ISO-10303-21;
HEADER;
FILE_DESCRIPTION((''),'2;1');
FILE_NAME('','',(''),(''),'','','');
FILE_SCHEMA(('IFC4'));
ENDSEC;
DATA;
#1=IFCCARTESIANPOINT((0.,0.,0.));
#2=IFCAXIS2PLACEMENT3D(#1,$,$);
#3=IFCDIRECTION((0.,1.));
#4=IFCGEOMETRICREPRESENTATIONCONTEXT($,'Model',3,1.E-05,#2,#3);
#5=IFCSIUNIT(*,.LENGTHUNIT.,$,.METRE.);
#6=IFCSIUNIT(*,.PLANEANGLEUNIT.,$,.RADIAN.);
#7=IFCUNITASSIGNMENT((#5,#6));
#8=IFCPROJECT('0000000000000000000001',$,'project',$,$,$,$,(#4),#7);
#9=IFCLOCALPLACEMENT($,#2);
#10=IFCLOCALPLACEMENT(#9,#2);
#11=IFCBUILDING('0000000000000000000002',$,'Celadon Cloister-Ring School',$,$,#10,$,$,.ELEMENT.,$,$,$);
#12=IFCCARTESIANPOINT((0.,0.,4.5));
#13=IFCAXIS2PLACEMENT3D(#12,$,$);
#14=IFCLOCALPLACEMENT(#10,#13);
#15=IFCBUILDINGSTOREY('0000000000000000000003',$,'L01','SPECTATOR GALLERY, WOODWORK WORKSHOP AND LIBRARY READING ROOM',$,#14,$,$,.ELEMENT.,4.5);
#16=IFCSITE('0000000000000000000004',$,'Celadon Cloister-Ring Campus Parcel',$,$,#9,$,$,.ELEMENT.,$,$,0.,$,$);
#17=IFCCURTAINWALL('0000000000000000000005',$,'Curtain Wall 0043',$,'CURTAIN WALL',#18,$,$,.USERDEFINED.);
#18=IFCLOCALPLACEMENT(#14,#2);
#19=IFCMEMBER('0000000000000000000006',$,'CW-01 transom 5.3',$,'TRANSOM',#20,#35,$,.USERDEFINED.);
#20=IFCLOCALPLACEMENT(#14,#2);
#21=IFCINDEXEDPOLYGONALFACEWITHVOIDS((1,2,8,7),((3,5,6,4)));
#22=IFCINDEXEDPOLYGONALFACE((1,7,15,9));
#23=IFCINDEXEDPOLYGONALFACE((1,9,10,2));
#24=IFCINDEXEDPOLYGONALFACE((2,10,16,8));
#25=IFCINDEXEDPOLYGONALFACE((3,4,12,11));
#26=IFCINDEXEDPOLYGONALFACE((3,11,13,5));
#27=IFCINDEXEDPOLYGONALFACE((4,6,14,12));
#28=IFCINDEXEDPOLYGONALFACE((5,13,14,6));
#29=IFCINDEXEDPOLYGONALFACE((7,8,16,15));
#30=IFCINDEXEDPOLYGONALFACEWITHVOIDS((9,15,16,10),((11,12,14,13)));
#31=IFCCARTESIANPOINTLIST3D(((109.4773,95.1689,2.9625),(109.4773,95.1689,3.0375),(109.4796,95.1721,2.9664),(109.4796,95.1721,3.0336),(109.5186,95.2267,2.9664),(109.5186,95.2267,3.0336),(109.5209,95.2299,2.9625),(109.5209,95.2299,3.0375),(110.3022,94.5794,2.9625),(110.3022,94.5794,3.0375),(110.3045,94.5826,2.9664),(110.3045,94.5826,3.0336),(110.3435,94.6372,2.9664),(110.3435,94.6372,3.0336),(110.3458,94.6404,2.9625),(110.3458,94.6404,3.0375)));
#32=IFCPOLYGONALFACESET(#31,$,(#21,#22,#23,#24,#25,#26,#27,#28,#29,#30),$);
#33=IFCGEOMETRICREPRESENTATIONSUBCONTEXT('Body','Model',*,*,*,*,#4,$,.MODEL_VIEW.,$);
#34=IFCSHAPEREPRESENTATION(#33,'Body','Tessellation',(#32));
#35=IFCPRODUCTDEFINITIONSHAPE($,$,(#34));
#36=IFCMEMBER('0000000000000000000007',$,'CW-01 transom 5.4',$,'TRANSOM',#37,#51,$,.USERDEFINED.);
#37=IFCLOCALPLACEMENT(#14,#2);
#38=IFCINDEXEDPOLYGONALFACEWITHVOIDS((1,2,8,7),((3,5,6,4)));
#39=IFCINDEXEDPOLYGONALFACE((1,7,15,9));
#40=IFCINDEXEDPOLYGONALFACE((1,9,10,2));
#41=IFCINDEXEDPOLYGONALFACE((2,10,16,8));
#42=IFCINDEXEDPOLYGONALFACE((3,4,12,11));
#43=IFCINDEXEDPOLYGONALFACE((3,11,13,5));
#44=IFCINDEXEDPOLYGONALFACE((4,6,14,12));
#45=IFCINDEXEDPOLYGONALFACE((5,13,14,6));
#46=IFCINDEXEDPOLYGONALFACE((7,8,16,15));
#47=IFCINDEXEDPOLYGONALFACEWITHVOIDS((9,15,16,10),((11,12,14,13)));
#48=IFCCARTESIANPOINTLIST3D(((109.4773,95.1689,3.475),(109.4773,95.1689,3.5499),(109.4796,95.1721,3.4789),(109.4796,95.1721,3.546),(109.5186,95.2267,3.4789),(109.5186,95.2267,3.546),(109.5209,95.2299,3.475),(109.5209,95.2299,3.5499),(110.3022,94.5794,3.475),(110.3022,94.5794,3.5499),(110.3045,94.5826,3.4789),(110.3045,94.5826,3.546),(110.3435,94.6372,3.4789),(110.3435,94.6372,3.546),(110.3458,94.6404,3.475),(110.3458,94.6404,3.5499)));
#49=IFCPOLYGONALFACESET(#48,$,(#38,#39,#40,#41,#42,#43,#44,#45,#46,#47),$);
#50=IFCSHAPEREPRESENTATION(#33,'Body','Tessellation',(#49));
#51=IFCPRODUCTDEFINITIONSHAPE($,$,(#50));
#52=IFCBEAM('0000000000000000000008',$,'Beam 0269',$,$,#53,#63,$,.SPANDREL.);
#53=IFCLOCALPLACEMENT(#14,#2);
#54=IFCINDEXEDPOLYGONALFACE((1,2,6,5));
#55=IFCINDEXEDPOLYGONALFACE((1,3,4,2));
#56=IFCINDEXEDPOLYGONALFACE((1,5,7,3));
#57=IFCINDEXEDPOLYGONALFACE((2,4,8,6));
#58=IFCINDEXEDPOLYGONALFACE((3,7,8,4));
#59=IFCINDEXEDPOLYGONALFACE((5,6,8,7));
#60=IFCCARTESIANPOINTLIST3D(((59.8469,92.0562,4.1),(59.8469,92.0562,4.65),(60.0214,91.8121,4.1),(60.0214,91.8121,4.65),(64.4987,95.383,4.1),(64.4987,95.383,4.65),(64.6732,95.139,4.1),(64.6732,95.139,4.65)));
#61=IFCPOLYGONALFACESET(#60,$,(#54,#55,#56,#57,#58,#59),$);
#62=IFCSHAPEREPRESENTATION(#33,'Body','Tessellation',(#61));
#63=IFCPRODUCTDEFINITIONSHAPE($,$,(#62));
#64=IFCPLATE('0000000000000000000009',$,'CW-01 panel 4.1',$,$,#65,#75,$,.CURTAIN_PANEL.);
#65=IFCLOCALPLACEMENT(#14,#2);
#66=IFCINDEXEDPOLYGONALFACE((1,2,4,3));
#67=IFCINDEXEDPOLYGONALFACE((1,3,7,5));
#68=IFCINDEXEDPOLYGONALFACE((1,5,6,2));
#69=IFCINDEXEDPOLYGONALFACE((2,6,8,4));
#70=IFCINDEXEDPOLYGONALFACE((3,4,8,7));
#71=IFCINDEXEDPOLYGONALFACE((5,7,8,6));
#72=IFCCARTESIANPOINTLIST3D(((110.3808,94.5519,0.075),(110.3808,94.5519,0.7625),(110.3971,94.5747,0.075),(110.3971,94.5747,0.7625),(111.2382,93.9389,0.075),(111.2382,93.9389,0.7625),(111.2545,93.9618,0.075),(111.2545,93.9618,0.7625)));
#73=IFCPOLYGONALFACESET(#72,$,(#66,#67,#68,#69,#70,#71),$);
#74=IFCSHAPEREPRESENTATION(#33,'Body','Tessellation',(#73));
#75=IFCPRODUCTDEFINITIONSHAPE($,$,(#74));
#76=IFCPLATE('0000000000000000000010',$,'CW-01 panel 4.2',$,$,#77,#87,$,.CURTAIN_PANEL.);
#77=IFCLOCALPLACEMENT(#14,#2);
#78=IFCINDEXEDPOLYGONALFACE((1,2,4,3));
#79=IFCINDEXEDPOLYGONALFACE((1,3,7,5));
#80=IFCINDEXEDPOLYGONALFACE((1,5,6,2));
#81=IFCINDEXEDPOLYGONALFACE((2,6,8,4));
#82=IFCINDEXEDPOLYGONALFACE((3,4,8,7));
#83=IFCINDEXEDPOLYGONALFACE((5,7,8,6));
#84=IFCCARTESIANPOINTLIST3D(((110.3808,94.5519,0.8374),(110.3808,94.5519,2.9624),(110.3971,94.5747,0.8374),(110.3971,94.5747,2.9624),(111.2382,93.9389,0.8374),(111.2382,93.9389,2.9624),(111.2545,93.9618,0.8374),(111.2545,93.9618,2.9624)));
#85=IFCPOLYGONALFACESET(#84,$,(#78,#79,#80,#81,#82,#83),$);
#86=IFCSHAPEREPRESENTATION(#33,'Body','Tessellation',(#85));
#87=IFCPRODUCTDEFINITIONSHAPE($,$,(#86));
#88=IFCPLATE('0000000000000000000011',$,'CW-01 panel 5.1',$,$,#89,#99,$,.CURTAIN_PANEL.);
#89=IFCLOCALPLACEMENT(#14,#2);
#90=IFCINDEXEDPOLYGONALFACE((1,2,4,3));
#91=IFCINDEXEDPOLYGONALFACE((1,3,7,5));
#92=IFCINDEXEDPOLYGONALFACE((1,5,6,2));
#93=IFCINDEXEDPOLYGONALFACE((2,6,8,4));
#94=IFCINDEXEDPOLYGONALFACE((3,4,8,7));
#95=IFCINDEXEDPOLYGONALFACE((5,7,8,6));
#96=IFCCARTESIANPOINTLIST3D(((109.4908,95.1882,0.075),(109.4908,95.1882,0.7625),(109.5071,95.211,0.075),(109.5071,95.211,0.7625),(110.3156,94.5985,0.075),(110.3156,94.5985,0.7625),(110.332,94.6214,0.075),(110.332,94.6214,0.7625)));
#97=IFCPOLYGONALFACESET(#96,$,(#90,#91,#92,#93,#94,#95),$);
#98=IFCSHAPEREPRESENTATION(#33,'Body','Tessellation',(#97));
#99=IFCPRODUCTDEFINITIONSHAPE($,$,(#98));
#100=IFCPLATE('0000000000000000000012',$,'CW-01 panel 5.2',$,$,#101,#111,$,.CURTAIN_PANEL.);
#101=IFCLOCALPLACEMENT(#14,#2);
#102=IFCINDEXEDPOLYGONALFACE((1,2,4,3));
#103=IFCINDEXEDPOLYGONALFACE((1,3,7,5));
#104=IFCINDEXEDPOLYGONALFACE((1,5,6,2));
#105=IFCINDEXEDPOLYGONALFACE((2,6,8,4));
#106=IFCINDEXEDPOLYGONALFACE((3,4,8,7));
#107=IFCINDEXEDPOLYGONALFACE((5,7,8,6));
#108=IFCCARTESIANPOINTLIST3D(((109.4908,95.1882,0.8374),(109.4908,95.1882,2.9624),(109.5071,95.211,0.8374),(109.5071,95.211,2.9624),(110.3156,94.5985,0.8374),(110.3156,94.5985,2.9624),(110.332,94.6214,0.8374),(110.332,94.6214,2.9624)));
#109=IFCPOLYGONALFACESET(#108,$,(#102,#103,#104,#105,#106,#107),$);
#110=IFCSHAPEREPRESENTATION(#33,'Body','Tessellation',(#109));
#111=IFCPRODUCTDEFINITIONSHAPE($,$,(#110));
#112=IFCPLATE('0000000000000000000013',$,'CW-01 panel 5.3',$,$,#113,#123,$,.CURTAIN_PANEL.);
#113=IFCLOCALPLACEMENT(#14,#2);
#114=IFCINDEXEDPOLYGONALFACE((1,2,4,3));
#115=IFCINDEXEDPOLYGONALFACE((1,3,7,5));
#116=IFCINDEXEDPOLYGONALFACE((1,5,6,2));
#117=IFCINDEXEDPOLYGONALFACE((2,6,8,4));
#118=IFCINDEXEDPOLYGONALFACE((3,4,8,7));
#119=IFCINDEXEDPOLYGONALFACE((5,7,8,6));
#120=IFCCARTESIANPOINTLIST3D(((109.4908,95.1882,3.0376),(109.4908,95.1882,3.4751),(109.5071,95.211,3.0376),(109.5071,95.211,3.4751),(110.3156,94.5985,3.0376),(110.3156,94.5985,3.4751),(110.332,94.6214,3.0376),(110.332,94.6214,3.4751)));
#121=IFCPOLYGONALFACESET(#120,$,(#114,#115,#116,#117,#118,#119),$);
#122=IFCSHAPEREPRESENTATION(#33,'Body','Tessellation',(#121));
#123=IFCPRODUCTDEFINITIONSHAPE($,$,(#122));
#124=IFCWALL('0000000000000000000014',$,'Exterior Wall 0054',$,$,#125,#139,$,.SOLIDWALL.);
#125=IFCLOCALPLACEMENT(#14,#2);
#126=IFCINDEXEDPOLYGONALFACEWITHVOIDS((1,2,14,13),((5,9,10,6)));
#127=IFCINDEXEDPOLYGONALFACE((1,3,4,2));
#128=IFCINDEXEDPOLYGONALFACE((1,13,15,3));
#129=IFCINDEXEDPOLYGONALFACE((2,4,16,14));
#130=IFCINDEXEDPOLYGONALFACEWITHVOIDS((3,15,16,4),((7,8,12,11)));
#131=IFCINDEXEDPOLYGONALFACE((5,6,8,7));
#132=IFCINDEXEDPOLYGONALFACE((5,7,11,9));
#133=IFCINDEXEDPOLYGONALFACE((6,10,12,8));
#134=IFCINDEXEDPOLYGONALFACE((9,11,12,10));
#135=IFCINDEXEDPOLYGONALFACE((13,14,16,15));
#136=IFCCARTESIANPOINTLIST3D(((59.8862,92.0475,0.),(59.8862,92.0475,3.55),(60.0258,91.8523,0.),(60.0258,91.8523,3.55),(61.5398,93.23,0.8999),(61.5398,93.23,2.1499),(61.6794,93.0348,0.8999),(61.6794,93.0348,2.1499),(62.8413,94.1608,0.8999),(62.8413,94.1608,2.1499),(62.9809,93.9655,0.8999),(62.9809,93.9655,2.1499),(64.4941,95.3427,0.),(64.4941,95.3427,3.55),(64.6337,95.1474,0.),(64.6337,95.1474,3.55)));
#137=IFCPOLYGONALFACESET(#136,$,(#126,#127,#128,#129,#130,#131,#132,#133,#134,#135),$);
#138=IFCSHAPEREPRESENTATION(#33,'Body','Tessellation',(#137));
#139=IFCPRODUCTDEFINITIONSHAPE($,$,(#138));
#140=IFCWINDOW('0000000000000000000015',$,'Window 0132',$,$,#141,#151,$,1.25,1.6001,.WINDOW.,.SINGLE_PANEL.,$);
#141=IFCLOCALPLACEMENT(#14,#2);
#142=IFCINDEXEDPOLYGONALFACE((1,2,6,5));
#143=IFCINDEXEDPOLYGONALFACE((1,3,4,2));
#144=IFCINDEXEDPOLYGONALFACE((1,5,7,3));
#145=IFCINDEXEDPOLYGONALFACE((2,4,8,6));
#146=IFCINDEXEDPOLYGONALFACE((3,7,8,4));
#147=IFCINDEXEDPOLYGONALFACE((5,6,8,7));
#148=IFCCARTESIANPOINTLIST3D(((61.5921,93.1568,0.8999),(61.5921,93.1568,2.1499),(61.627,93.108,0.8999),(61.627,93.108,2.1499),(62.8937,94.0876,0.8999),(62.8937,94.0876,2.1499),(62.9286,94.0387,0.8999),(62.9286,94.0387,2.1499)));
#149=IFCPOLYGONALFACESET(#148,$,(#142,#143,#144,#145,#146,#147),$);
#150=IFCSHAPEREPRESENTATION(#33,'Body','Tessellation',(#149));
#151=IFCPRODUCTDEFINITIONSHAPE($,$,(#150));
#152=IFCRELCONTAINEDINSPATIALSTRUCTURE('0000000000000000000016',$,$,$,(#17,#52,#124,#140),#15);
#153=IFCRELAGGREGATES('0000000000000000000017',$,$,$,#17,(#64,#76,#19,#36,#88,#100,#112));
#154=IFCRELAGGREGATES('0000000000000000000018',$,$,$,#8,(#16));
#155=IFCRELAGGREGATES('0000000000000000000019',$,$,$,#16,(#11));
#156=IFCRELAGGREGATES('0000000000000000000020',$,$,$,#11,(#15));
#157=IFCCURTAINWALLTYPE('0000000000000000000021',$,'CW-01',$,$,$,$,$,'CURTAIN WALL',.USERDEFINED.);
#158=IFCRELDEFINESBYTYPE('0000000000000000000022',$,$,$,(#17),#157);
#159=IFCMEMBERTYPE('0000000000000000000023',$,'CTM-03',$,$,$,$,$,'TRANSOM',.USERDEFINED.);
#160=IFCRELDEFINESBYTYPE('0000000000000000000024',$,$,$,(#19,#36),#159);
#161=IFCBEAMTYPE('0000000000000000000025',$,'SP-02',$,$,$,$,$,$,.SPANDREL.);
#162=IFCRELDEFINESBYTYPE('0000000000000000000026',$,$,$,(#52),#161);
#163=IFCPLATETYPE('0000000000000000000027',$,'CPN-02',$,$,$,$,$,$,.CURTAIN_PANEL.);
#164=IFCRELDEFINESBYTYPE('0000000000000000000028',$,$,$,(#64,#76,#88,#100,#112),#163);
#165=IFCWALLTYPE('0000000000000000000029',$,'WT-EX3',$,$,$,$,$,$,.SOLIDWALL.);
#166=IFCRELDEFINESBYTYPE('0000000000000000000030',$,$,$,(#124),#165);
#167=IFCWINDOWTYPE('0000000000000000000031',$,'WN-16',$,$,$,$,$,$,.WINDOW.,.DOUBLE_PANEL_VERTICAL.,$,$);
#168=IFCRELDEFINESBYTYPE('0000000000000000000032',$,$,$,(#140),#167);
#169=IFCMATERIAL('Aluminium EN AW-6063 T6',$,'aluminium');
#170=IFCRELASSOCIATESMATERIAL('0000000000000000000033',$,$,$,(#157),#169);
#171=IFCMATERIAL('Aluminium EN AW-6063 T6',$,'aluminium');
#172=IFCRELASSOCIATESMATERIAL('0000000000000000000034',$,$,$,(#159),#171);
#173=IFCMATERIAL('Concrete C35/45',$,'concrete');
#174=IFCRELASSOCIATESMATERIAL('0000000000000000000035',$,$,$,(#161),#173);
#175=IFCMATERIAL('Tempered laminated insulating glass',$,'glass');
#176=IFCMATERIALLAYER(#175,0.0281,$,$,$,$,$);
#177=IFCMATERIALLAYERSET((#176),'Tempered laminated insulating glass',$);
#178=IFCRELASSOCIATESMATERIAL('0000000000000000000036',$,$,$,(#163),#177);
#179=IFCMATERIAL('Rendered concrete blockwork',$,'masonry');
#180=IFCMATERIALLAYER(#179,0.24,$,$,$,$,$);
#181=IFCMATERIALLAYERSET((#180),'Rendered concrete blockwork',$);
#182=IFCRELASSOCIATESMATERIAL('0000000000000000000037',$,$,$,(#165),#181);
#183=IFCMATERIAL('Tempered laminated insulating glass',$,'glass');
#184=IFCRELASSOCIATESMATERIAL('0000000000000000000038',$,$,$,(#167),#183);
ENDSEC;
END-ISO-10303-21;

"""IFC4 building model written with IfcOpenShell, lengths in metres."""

from ifc_helpers import new_model, si_unit, direction, frame, frame_2d, origin, origin_2d, place, context, subcontext, project, spatial, rectangle, hollow_rectangle, extrude, material, layer, layer_set, material_profile, profile_set, type_object, element, fill, aggregate, save


model = new_model("IFC4")

# Units and contexts
model_context = context("Model", 3, precision=1e-05, world=origin(), true_north=direction((0.0, 1.0)))
body_context = subcontext(model_context, "Body", "Model", "MODEL_VIEW")
ifc_project = project(units=[si_unit("LENGTHUNIT", "METRE"), si_unit("PLANEANGLEUNIT", "RADIAN")], contexts=[model_context])

# Site, building, storey
site_placement = place(None, origin())
site = spatial("IfcSite", under=ifc_project, at=site_placement, Name="Celadon Cloister-Ring Campus Parcel", CompositionType="ELEMENT", RefElevation=0.0)
building_placement = place(site_placement, origin())
building = spatial("IfcBuilding", under=site, at=building_placement, Name="Celadon Cloister-Ring School", CompositionType="ELEMENT")
storey_placement = place(building_placement, frame((0.0, 0.0, 4.5)))
storey = spatial("IfcBuildingStorey", under=building, at=storey_placement, Name="L01", Description="SPECTATOR GALLERY, WOODWORK WORKSHOP AND LIBRARY READING ROOM", CompositionType="ELEMENT", Elevation=4.5)

# Curtain wall, members
ifc_material_1 = material(Name="Aluminium EN AW-6063 T6", Category="aluminium")
curtain_wall_type = type_object("IfcCurtainWallType", Name="CW-01", ElementType="CURTAIN WALL", PredefinedType="USERDEFINED", material=ifc_material_1)
curtain_wall_placement = place(storey_placement, origin())
curtain_wall = element("IfcCurtainWall", 1, at=curtain_wall_placement, inside=storey, type_object=curtain_wall_type, Name="Curtain Wall 0043", ObjectType="CURTAIN WALL", PredefinedType="USERDEFINED")
ifc_material_2 = material(Name="Aluminium EN AW-6063 T6", Category="aluminium")
ifc_material_profile_1 = material_profile(ifc_material_2, hollow_rectangle(XDim=0.075, YDim=0.075, WallThickness=0.0039, at=origin_2d()), Name="RHS75X75X4")
ifc_profile_set_1 = profile_set([ifc_material_profile_1], Name="Aluminium EN AW-6063 T6")
member_type_1 = type_object("IfcMemberType", Name="CTM-03", ElementType="TRANSOM", PredefinedType="USERDEFINED", material=ifc_profile_set_1)
member_1_placement = place(storey_placement, frame((110.324, 94.6099, 3.0), z_axis=(-0.813571, 0.581466, 0.0), x_axis=(-0.581466, -0.813571, 0.0)))
member_1 = element("IfcMember", 2, at=member_1_placement, type_object=member_type_1, Name="CW-01 transom 5.3", ObjectType="TRANSOM", PredefinedType="USERDEFINED", context=body_context, shape_type="SweptSolid", body=[
    extrude(hollow_rectangle(XDim=0.075, YDim=0.075, WallThickness=0.0039, at=origin_2d()), origin(), (0.0, 0.0, 1.0), 1.0139),
])
member_2_placement = place(storey_placement, frame((110.324, 94.6099, 3.5125), z_axis=(-0.813571, 0.581466, 0.0), x_axis=(-0.581466, -0.813571, 0.0)))
member_2 = element("IfcMember", 3, at=member_2_placement, type_object=member_type_1, Name="CW-01 transom 5.4", ObjectType="TRANSOM", PredefinedType="USERDEFINED", context=body_context, shape_type="SweptSolid", body=[
    extrude(hollow_rectangle(XDim=0.075, YDim=0.075, WallThickness=0.0039, at=origin_2d()), origin(), (0.0, 0.0, 1.0), 1.0139),
])

# Beam
ifc_material_3 = material(Name="Concrete C35/45", Category="concrete")
ifc_material_profile_2 = material_profile(ifc_material_3, rectangle(XDim=0.3, YDim=0.55, at=origin_2d()), Name="RC300X550")
ifc_profile_set_2 = profile_set([ifc_material_profile_2], Name="Concrete C35/45")
beam_type_1 = type_object("IfcBeamType", Name="SP-02", PredefinedType="SPANDREL", material=ifc_profile_set_2)
beam_placement = place(storey_placement, frame((64.5859, 95.261, 4.375), z_axis=(-0.81339, -0.581719, 0.0), x_axis=(0.581719, -0.81339, 0.0)))
element("IfcBeam", 4, at=beam_placement, inside=storey, type_object=beam_type_1, Name="Beam 0269", PredefinedType="SPANDREL", context=body_context, shape_type="SweptSolid", body=[
    extrude(rectangle(XDim=0.3, YDim=0.55, at=origin_2d()), origin(), (0.0, 0.0, 1.0), 5.719),
])

# Plates
ifc_material_4 = material(Name="Tempered laminated insulating glass", Category="glass")
ifc_layer_1 = layer(ifc_material_4, 0.0281)
ifc_layer_set_1 = layer_set([ifc_layer_1], Name="Tempered laminated insulating glass")
plate_type = type_object("IfcPlateType", Name="CPN-02", PredefinedType="CURTAIN_PANEL", material=ifc_layer_set_1)
plate_1_placement = place(storey_placement, frame((110.8176, 94.2568, 0.075), z_axis=(0.0, 0.0, 1.0), x_axis=(-0.813507, 0.581555, 0.0)))
plate_1 = element("IfcPlate", 5, at=plate_1_placement, type_object=plate_type, Name="CW-01 panel 4.1", PredefinedType="CURTAIN_PANEL", context=body_context, shape_type="SweptSolid", body=[
    extrude(rectangle(XDim=1.054, YDim=0.0281, at=origin_2d()), origin(), (0.0, 0.0, 1.0), 0.6875),
])
plate_2_placement = place(storey_placement, frame((110.8176, 94.2568, 0.8374), z_axis=(0.0, 0.0, 1.0), x_axis=(-0.813507, 0.581555, 0.0)))
plate_2 = element("IfcPlate", 6, at=plate_2_placement, type_object=plate_type, Name="CW-01 panel 4.2", PredefinedType="CURTAIN_PANEL", context=body_context, shape_type="SweptSolid", body=[
    extrude(rectangle(XDim=1.054, YDim=0.0281, at=origin_2d()), origin(), (0.0, 0.0, 1.0), 2.125),
])
plate_3_placement = place(storey_placement, frame((109.9114, 94.9048, 0.075), z_axis=(0.0, 0.0, 1.0), x_axis=(-0.813507, 0.581555, 0.0)))
plate_3 = element("IfcPlate", 7, at=plate_3_placement, type_object=plate_type, Name="CW-01 panel 5.1", PredefinedType="CURTAIN_PANEL", context=body_context, shape_type="SweptSolid", body=[
    extrude(rectangle(XDim=1.0139, YDim=0.0281, at=origin_2d()), origin(), (0.0, 0.0, 1.0), 0.6875),
])
plate_4_placement = place(storey_placement, frame((109.9114, 94.9048, 0.8374), z_axis=(0.0, 0.0, 1.0), x_axis=(-0.813507, 0.581555, 0.0)))
plate_4 = element("IfcPlate", 8, at=plate_4_placement, type_object=plate_type, Name="CW-01 panel 5.2", PredefinedType="CURTAIN_PANEL", context=body_context, shape_type="SweptSolid", body=[
    extrude(rectangle(XDim=1.0139, YDim=0.0281, at=origin_2d()), origin(), (0.0, 0.0, 1.0), 2.125),
])
plate_5_placement = place(storey_placement, frame((109.9114, 94.9048, 3.0376), z_axis=(0.0, 0.0, 1.0), x_axis=(-0.813507, 0.581555, 0.0)))
plate_5 = element("IfcPlate", 9, at=plate_5_placement, type_object=plate_type, Name="CW-01 panel 5.3", PredefinedType="CURTAIN_PANEL", context=body_context, shape_type="SweptSolid", body=[
    extrude(rectangle(XDim=1.0139, YDim=0.0281, at=origin_2d()), origin(), (0.0, 0.0, 1.0), 0.4375),
])
aggregate(curtain_wall, [plate_1, plate_2, member_1, member_2, plate_3, plate_4, plate_5])

# Wall, opening, window
ifc_material_5 = material(Name="Rendered concrete blockwork", Category="masonry")
ifc_layer_2 = layer(ifc_material_5, 0.24)
ifc_layer_set_2 = layer_set([ifc_layer_2], Name="Rendered concrete blockwork")
wall_type_1 = type_object("IfcWallType", Name="WT-EX3", PredefinedType="SOLIDWALL", material=ifc_layer_set_2)
wall_1_placement = place(storey_placement, frame((64.564, 95.2451, 0.0), z_axis=(0.0, 0.0, 1.0), x_axis=(-0.813416, -0.581682, 0.0)))
wall_1 = element("IfcWall", 10, at=wall_1_placement, inside=storey, type_object=wall_type_1, Name="Exterior Wall 0054", PredefinedType="SOLIDWALL", context=body_context, shape_type="SweptSolid", body=[
    extrude(rectangle(XDim=5.6648, YDim=0.24, at=frame_2d((2.8325, 0.0))), origin(), (0.0, 0.0, 1.0), 3.55),
])
opening_1_placement = place(wall_1_placement, frame((2.032, 0.0, 0.8999)))
opening_1 = element("IfcOpeningElement", 11, at=opening_1_placement, cuts=wall_1, PredefinedType="OPENING", context=body_context, shape_type="SweptSolid", body=[
    extrude(rectangle(XDim=1.6001, YDim=1.25, at=frame_2d((0.8, 0.625))), frame((0.0, 0.1299, 0.0), z_axis=(0.0, -1.0, 0.0), x_axis=(1.0, 0.0, 0.0)), (0.0, 0.0, 1.0), 0.26),
])
ifc_material_6 = material(Name="Tempered laminated insulating glass", Category="glass")
window_type_1 = type_object("IfcWindowType", Name="WN-16", PartitioningType="DOUBLE_PANEL_VERTICAL", PredefinedType="WINDOW", material=ifc_material_6)
window_1_placement = place(opening_1_placement, origin())
window_1 = element("IfcWindow", 12, at=window_1_placement, inside=storey, type_object=window_type_1, Name="Window 0132", OverallHeight=1.25, OverallWidth=1.6001, PartitioningType="SINGLE_PANEL", PredefinedType="WINDOW", context=body_context, shape_type="SweptSolid", body=[
    extrude(rectangle(XDim=1.6001, YDim=1.25, at=frame_2d((0.8, 0.625))), frame((0.0, 0.03, 0.0), z_axis=(0.0, -1.0, 0.0), x_axis=(1.0, 0.0, 0.0)), (0.0, 0.0, 1.0), 0.0601),
])
fill(opening_1, window_1)

save(model, "model.ifc")
